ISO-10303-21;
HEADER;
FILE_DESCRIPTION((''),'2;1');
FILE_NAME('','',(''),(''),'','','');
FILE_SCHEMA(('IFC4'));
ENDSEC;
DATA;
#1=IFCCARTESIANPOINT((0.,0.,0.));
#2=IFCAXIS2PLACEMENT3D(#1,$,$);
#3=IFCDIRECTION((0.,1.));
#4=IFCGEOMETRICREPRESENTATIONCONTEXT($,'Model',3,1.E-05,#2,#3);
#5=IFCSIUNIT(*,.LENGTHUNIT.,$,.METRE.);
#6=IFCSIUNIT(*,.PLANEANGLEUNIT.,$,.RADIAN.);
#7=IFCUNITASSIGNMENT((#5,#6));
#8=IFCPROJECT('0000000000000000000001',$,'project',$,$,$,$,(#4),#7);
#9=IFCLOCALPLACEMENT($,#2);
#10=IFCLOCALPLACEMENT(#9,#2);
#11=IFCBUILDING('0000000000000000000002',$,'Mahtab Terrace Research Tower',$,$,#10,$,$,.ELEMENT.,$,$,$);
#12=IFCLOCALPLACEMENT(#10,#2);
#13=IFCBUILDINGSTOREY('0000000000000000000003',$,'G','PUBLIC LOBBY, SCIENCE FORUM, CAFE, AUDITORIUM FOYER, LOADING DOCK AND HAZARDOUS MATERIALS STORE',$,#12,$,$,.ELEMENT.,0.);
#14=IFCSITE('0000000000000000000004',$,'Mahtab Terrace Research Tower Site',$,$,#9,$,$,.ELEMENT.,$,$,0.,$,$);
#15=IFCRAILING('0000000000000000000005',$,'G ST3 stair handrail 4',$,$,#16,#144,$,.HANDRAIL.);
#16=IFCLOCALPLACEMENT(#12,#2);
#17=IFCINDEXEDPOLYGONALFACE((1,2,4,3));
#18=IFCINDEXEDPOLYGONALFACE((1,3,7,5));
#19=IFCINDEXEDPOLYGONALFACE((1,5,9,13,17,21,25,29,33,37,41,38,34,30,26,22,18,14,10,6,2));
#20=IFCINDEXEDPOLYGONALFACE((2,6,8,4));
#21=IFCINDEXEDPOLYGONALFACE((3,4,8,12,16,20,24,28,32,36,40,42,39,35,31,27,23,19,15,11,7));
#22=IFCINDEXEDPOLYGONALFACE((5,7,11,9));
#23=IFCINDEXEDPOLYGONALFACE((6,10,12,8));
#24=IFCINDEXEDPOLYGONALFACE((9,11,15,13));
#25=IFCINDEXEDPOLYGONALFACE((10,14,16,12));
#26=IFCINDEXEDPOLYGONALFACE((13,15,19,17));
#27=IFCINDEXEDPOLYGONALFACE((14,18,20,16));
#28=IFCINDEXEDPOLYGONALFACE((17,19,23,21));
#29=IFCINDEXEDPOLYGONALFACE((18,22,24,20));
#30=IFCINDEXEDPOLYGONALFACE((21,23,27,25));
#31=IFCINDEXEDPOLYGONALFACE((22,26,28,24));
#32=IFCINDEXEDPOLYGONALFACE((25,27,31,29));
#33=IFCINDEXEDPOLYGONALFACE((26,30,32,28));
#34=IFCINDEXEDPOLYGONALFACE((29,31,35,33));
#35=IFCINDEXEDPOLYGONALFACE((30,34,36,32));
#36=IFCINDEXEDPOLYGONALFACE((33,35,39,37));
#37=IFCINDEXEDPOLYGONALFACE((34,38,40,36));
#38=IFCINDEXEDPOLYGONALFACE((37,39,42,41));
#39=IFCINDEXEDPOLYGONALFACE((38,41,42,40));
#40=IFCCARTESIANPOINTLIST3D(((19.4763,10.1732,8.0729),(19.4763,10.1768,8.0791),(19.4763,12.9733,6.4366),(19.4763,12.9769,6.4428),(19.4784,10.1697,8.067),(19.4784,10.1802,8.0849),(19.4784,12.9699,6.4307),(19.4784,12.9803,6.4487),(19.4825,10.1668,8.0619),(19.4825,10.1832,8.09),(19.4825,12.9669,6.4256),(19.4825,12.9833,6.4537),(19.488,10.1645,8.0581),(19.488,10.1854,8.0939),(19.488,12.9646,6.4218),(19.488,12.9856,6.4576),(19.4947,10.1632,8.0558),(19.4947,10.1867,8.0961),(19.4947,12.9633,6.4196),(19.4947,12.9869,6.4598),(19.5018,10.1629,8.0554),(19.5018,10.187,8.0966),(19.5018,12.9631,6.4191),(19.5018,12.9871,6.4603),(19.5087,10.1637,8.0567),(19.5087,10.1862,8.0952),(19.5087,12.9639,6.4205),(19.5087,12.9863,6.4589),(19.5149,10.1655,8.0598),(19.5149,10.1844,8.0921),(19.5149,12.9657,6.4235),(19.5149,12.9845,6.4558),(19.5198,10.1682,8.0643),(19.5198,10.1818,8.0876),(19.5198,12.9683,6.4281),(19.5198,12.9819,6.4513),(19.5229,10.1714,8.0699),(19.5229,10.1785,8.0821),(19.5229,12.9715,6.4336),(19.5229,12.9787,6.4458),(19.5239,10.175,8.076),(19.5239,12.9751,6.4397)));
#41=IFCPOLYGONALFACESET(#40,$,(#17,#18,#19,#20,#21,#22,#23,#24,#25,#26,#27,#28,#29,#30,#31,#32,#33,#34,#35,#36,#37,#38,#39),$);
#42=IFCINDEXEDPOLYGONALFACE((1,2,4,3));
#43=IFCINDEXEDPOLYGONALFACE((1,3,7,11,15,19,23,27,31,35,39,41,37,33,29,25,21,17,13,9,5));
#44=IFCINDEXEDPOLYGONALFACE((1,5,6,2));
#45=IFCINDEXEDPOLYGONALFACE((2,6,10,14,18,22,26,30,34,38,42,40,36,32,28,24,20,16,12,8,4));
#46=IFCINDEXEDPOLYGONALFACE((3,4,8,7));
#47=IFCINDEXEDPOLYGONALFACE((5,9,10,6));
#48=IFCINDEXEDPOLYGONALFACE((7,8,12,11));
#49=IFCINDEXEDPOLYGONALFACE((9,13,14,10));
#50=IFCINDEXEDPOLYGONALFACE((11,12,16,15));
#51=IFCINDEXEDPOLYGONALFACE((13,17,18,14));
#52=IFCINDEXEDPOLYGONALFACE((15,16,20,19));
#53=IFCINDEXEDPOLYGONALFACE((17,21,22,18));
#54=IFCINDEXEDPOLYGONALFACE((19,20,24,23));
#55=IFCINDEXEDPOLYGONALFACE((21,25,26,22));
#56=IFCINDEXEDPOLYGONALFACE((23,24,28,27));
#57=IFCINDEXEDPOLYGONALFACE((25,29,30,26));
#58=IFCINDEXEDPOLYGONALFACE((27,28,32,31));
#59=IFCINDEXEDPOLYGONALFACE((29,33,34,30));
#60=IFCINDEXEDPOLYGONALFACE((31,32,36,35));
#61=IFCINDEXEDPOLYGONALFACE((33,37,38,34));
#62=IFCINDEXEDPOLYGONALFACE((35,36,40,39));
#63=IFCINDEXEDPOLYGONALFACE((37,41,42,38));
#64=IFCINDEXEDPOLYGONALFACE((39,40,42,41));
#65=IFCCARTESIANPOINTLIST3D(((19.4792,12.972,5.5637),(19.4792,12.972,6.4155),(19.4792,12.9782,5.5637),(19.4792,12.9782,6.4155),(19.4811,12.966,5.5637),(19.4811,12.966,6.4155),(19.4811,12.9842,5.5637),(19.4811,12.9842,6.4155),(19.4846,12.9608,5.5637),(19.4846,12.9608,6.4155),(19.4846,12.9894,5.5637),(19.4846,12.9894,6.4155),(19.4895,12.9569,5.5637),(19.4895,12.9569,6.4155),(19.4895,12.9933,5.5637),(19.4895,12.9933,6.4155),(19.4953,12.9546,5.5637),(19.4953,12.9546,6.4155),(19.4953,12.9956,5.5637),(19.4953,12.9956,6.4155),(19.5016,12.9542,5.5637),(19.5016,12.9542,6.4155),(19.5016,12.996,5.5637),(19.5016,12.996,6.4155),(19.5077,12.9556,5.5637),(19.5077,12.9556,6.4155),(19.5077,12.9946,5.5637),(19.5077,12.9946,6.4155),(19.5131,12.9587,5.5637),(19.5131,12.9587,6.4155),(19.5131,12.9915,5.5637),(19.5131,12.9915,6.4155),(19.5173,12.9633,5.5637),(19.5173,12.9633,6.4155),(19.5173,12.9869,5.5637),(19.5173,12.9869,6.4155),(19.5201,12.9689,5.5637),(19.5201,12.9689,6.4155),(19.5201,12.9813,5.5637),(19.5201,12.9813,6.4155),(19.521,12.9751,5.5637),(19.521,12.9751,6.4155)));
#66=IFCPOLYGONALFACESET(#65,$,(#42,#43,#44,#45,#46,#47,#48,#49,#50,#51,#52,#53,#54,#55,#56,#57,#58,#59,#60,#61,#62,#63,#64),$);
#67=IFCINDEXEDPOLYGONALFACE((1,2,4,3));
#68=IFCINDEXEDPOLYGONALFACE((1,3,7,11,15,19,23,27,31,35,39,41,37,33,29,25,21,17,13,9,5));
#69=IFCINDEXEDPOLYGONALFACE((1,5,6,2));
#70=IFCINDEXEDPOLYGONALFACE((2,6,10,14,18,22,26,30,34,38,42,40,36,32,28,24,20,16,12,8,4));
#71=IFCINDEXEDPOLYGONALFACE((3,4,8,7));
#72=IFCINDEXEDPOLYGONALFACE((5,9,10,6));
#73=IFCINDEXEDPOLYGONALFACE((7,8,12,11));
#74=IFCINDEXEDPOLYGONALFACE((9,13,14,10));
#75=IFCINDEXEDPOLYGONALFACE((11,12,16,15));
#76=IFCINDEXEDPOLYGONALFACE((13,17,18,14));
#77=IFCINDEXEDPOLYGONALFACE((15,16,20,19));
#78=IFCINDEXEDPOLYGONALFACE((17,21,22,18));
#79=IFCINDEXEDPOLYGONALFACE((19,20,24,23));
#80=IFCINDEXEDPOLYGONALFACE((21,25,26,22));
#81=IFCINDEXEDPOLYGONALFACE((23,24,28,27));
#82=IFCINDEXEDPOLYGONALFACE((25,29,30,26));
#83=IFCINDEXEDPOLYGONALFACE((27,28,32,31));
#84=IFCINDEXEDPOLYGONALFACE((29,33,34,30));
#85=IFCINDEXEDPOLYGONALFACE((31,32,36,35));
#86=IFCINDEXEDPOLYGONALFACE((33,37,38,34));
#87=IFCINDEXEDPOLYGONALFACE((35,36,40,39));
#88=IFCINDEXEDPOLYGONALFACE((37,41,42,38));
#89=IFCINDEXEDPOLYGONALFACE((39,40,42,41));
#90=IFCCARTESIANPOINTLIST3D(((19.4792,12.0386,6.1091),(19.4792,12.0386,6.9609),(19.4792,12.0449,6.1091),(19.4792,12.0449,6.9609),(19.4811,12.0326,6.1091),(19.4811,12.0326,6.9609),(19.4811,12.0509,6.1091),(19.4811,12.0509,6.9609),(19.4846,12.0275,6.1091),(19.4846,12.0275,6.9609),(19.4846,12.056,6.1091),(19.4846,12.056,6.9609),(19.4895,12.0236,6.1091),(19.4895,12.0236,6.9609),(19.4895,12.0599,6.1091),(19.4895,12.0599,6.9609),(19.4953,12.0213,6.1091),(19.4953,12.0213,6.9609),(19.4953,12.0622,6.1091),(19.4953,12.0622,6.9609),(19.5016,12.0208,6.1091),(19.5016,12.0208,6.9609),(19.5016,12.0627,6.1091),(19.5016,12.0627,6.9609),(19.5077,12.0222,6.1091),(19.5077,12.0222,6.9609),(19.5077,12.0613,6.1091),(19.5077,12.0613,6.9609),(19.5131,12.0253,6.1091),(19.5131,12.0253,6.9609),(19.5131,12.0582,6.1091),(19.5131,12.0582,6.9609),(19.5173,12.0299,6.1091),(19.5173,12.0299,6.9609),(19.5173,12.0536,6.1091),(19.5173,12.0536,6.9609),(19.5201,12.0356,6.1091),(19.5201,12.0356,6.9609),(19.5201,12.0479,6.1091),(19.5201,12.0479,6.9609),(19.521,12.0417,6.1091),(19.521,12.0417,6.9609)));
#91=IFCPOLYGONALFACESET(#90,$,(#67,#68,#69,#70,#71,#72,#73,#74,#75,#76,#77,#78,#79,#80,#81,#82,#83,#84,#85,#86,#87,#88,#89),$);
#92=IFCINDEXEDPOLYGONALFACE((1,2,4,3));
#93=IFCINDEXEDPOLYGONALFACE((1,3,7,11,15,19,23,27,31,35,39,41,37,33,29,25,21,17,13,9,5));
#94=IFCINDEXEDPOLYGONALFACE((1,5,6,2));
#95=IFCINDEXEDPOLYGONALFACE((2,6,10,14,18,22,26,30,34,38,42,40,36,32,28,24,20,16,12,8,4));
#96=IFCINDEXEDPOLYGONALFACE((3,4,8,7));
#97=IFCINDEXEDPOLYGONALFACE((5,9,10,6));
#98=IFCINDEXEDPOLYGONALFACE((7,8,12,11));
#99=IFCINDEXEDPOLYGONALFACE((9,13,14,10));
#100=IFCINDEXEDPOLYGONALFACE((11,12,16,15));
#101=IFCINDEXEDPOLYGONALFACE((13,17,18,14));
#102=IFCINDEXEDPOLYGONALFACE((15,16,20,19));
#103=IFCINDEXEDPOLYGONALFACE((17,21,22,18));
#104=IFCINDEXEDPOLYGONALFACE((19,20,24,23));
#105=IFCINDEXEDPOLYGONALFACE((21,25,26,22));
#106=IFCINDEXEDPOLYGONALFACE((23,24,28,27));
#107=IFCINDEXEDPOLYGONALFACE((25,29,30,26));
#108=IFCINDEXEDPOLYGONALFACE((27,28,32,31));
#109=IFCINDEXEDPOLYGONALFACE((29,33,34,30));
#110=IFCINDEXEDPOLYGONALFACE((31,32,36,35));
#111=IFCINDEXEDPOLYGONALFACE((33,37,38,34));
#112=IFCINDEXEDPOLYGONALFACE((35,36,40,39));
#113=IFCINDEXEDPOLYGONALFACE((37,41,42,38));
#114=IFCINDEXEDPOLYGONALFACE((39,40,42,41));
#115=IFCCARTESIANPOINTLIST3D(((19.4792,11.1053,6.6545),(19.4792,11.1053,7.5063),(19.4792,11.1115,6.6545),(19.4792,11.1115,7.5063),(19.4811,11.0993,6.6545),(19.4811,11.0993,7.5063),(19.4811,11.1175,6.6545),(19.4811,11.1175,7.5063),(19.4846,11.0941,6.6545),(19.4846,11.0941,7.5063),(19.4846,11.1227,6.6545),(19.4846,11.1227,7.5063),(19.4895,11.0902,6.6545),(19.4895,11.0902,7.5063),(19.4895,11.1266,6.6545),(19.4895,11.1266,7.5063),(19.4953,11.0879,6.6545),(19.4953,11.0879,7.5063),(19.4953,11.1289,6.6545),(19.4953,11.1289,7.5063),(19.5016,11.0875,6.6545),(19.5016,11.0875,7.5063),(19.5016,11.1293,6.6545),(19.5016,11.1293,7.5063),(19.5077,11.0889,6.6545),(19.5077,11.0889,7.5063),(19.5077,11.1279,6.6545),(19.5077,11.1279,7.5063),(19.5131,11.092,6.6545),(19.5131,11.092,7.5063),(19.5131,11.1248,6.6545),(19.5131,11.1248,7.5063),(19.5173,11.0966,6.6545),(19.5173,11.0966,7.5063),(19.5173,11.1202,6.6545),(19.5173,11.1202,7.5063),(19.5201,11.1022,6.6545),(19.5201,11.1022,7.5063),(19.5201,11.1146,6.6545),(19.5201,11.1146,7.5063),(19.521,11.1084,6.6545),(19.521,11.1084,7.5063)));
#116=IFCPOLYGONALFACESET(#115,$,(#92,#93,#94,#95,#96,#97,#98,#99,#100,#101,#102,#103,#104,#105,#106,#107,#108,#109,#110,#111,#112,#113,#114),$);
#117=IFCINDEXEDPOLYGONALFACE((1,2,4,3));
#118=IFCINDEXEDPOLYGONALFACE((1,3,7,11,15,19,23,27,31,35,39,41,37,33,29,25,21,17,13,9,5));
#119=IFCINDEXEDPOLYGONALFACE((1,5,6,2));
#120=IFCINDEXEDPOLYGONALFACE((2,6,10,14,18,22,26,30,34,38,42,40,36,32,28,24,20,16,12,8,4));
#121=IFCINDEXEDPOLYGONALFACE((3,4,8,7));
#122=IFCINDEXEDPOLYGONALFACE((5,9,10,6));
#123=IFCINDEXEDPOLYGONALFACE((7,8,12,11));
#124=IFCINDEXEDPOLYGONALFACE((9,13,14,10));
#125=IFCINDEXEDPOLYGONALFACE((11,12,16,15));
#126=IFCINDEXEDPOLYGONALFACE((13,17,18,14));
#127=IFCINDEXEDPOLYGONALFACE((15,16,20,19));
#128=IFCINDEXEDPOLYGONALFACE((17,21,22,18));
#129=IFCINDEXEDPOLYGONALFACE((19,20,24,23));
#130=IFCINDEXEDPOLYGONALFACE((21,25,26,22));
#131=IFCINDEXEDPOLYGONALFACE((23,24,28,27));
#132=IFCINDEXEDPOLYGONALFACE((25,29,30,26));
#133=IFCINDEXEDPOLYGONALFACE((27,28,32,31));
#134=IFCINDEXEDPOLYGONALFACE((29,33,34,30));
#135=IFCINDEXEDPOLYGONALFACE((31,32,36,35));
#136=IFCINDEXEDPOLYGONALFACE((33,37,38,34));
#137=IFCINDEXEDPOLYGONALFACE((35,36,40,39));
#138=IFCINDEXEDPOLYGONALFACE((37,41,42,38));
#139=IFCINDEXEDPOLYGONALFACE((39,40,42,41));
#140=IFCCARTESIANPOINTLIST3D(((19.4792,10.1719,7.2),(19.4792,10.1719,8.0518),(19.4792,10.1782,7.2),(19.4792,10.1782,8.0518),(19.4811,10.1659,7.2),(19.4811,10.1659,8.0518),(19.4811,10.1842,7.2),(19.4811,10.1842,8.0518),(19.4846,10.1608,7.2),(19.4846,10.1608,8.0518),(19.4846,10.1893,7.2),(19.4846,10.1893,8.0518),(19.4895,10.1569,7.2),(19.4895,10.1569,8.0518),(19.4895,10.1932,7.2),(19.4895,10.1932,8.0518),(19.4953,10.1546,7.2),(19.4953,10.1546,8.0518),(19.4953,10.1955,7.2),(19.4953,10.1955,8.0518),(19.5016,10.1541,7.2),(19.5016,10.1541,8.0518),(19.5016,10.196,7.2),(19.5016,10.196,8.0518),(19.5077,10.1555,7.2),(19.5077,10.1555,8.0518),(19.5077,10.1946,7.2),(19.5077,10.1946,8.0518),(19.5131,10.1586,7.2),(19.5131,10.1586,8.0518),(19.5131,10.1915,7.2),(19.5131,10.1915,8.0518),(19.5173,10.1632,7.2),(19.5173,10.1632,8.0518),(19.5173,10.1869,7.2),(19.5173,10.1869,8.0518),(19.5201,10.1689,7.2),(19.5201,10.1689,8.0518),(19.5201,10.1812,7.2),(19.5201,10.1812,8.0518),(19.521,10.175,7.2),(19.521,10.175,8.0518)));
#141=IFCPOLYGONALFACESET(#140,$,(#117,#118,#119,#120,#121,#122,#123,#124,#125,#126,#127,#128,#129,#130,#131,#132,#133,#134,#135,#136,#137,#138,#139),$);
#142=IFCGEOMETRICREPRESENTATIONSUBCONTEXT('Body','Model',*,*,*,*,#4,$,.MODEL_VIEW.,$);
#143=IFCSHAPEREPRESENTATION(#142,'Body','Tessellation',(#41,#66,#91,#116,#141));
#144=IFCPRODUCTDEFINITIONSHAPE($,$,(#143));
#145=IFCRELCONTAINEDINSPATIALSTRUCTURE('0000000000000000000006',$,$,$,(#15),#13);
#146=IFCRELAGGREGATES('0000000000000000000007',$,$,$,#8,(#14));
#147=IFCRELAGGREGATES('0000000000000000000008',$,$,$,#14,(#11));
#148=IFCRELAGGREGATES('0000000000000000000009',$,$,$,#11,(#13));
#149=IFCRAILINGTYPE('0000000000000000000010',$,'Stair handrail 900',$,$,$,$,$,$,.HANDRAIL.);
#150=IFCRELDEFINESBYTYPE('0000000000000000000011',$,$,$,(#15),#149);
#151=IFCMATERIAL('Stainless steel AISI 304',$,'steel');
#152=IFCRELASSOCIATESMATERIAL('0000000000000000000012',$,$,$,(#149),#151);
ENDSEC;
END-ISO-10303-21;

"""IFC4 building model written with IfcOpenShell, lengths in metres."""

from ifc_helpers import new_model, si_unit, direction, frame, origin, origin_2d, place, context, subcontext, project, spatial, circle, extrude, material, type_object, element, save


model = new_model("IFC4")

# Units and contexts
model_context = context("Model", 3, precision=1e-05, world=origin(), true_north=direction((0.0, 1.0)))
body_context = subcontext(model_context, "Body", "Model", "MODEL_VIEW")
ifc_project = project(units=[si_unit("LENGTHUNIT", "METRE"), si_unit("PLANEANGLEUNIT", "RADIAN")], contexts=[model_context])

# Site, building, storey
site_placement = place(None, origin())
site = spatial("IfcSite", under=ifc_project, at=site_placement, Name="Mahtab Terrace Research Tower Site", CompositionType="ELEMENT", RefElevation=0.0)
building_placement = place(site_placement, origin())
building = spatial("IfcBuilding", under=site, at=building_placement, Name="Mahtab Terrace Research Tower", CompositionType="ELEMENT")
storey_placement = place(building_placement, origin())
storey = spatial("IfcBuildingStorey", under=building, at=storey_placement, Name="G", Description="PUBLIC LOBBY, SCIENCE FORUM, CAFE, AUDITORIUM FOYER, LOADING DOCK AND HAZARDOUS MATERIALS STORE", CompositionType="ELEMENT", Elevation=0.0)

# Railing
ifc_material_1 = material(Name="Stainless steel AISI 304", Category="steel")
railing_type_1 = type_object("IfcRailingType", Name="Stair handrail 900", PredefinedType="HANDRAIL", material=ifc_material_1)
railing_1_placement = place(storey_placement, frame((19.5, 12.9751, 5.5637)))
element("IfcRailing", 1, at=railing_1_placement, inside=storey, type_object=railing_type_1, Name="G ST3 stair handrail 4", PredefinedType="HANDRAIL", context=body_context, shape_type="SweptSolid", body=[
    extrude(circle(Radius=0.0239, at=origin_2d()), frame((0.0, 0.0, 0.876), z_axis=(0.0, -0.863394, 0.504531), x_axis=(1.0, 0.0, 0.0)), (0.0, 0.0, 1.0), 3.2432),
    extrude(circle(Radius=0.021, at=origin_2d()), origin(), (0.0, 0.0, 1.0), 0.8518),
    extrude(circle(Radius=0.021, at=origin_2d()), frame((0.0, -0.9333, 0.5454)), (0.0, 0.0, 1.0), 0.8518),
    extrude(circle(Radius=0.021, at=origin_2d()), frame((0.0, -1.8667, 1.0908)), (0.0, 0.0, 1.0), 0.8518),
    extrude(circle(Radius=0.021, at=origin_2d()), frame((0.0, -2.8, 1.6362)), (0.0, 0.0, 1.0), 0.8518),
])

save(model, "model.ifc")
